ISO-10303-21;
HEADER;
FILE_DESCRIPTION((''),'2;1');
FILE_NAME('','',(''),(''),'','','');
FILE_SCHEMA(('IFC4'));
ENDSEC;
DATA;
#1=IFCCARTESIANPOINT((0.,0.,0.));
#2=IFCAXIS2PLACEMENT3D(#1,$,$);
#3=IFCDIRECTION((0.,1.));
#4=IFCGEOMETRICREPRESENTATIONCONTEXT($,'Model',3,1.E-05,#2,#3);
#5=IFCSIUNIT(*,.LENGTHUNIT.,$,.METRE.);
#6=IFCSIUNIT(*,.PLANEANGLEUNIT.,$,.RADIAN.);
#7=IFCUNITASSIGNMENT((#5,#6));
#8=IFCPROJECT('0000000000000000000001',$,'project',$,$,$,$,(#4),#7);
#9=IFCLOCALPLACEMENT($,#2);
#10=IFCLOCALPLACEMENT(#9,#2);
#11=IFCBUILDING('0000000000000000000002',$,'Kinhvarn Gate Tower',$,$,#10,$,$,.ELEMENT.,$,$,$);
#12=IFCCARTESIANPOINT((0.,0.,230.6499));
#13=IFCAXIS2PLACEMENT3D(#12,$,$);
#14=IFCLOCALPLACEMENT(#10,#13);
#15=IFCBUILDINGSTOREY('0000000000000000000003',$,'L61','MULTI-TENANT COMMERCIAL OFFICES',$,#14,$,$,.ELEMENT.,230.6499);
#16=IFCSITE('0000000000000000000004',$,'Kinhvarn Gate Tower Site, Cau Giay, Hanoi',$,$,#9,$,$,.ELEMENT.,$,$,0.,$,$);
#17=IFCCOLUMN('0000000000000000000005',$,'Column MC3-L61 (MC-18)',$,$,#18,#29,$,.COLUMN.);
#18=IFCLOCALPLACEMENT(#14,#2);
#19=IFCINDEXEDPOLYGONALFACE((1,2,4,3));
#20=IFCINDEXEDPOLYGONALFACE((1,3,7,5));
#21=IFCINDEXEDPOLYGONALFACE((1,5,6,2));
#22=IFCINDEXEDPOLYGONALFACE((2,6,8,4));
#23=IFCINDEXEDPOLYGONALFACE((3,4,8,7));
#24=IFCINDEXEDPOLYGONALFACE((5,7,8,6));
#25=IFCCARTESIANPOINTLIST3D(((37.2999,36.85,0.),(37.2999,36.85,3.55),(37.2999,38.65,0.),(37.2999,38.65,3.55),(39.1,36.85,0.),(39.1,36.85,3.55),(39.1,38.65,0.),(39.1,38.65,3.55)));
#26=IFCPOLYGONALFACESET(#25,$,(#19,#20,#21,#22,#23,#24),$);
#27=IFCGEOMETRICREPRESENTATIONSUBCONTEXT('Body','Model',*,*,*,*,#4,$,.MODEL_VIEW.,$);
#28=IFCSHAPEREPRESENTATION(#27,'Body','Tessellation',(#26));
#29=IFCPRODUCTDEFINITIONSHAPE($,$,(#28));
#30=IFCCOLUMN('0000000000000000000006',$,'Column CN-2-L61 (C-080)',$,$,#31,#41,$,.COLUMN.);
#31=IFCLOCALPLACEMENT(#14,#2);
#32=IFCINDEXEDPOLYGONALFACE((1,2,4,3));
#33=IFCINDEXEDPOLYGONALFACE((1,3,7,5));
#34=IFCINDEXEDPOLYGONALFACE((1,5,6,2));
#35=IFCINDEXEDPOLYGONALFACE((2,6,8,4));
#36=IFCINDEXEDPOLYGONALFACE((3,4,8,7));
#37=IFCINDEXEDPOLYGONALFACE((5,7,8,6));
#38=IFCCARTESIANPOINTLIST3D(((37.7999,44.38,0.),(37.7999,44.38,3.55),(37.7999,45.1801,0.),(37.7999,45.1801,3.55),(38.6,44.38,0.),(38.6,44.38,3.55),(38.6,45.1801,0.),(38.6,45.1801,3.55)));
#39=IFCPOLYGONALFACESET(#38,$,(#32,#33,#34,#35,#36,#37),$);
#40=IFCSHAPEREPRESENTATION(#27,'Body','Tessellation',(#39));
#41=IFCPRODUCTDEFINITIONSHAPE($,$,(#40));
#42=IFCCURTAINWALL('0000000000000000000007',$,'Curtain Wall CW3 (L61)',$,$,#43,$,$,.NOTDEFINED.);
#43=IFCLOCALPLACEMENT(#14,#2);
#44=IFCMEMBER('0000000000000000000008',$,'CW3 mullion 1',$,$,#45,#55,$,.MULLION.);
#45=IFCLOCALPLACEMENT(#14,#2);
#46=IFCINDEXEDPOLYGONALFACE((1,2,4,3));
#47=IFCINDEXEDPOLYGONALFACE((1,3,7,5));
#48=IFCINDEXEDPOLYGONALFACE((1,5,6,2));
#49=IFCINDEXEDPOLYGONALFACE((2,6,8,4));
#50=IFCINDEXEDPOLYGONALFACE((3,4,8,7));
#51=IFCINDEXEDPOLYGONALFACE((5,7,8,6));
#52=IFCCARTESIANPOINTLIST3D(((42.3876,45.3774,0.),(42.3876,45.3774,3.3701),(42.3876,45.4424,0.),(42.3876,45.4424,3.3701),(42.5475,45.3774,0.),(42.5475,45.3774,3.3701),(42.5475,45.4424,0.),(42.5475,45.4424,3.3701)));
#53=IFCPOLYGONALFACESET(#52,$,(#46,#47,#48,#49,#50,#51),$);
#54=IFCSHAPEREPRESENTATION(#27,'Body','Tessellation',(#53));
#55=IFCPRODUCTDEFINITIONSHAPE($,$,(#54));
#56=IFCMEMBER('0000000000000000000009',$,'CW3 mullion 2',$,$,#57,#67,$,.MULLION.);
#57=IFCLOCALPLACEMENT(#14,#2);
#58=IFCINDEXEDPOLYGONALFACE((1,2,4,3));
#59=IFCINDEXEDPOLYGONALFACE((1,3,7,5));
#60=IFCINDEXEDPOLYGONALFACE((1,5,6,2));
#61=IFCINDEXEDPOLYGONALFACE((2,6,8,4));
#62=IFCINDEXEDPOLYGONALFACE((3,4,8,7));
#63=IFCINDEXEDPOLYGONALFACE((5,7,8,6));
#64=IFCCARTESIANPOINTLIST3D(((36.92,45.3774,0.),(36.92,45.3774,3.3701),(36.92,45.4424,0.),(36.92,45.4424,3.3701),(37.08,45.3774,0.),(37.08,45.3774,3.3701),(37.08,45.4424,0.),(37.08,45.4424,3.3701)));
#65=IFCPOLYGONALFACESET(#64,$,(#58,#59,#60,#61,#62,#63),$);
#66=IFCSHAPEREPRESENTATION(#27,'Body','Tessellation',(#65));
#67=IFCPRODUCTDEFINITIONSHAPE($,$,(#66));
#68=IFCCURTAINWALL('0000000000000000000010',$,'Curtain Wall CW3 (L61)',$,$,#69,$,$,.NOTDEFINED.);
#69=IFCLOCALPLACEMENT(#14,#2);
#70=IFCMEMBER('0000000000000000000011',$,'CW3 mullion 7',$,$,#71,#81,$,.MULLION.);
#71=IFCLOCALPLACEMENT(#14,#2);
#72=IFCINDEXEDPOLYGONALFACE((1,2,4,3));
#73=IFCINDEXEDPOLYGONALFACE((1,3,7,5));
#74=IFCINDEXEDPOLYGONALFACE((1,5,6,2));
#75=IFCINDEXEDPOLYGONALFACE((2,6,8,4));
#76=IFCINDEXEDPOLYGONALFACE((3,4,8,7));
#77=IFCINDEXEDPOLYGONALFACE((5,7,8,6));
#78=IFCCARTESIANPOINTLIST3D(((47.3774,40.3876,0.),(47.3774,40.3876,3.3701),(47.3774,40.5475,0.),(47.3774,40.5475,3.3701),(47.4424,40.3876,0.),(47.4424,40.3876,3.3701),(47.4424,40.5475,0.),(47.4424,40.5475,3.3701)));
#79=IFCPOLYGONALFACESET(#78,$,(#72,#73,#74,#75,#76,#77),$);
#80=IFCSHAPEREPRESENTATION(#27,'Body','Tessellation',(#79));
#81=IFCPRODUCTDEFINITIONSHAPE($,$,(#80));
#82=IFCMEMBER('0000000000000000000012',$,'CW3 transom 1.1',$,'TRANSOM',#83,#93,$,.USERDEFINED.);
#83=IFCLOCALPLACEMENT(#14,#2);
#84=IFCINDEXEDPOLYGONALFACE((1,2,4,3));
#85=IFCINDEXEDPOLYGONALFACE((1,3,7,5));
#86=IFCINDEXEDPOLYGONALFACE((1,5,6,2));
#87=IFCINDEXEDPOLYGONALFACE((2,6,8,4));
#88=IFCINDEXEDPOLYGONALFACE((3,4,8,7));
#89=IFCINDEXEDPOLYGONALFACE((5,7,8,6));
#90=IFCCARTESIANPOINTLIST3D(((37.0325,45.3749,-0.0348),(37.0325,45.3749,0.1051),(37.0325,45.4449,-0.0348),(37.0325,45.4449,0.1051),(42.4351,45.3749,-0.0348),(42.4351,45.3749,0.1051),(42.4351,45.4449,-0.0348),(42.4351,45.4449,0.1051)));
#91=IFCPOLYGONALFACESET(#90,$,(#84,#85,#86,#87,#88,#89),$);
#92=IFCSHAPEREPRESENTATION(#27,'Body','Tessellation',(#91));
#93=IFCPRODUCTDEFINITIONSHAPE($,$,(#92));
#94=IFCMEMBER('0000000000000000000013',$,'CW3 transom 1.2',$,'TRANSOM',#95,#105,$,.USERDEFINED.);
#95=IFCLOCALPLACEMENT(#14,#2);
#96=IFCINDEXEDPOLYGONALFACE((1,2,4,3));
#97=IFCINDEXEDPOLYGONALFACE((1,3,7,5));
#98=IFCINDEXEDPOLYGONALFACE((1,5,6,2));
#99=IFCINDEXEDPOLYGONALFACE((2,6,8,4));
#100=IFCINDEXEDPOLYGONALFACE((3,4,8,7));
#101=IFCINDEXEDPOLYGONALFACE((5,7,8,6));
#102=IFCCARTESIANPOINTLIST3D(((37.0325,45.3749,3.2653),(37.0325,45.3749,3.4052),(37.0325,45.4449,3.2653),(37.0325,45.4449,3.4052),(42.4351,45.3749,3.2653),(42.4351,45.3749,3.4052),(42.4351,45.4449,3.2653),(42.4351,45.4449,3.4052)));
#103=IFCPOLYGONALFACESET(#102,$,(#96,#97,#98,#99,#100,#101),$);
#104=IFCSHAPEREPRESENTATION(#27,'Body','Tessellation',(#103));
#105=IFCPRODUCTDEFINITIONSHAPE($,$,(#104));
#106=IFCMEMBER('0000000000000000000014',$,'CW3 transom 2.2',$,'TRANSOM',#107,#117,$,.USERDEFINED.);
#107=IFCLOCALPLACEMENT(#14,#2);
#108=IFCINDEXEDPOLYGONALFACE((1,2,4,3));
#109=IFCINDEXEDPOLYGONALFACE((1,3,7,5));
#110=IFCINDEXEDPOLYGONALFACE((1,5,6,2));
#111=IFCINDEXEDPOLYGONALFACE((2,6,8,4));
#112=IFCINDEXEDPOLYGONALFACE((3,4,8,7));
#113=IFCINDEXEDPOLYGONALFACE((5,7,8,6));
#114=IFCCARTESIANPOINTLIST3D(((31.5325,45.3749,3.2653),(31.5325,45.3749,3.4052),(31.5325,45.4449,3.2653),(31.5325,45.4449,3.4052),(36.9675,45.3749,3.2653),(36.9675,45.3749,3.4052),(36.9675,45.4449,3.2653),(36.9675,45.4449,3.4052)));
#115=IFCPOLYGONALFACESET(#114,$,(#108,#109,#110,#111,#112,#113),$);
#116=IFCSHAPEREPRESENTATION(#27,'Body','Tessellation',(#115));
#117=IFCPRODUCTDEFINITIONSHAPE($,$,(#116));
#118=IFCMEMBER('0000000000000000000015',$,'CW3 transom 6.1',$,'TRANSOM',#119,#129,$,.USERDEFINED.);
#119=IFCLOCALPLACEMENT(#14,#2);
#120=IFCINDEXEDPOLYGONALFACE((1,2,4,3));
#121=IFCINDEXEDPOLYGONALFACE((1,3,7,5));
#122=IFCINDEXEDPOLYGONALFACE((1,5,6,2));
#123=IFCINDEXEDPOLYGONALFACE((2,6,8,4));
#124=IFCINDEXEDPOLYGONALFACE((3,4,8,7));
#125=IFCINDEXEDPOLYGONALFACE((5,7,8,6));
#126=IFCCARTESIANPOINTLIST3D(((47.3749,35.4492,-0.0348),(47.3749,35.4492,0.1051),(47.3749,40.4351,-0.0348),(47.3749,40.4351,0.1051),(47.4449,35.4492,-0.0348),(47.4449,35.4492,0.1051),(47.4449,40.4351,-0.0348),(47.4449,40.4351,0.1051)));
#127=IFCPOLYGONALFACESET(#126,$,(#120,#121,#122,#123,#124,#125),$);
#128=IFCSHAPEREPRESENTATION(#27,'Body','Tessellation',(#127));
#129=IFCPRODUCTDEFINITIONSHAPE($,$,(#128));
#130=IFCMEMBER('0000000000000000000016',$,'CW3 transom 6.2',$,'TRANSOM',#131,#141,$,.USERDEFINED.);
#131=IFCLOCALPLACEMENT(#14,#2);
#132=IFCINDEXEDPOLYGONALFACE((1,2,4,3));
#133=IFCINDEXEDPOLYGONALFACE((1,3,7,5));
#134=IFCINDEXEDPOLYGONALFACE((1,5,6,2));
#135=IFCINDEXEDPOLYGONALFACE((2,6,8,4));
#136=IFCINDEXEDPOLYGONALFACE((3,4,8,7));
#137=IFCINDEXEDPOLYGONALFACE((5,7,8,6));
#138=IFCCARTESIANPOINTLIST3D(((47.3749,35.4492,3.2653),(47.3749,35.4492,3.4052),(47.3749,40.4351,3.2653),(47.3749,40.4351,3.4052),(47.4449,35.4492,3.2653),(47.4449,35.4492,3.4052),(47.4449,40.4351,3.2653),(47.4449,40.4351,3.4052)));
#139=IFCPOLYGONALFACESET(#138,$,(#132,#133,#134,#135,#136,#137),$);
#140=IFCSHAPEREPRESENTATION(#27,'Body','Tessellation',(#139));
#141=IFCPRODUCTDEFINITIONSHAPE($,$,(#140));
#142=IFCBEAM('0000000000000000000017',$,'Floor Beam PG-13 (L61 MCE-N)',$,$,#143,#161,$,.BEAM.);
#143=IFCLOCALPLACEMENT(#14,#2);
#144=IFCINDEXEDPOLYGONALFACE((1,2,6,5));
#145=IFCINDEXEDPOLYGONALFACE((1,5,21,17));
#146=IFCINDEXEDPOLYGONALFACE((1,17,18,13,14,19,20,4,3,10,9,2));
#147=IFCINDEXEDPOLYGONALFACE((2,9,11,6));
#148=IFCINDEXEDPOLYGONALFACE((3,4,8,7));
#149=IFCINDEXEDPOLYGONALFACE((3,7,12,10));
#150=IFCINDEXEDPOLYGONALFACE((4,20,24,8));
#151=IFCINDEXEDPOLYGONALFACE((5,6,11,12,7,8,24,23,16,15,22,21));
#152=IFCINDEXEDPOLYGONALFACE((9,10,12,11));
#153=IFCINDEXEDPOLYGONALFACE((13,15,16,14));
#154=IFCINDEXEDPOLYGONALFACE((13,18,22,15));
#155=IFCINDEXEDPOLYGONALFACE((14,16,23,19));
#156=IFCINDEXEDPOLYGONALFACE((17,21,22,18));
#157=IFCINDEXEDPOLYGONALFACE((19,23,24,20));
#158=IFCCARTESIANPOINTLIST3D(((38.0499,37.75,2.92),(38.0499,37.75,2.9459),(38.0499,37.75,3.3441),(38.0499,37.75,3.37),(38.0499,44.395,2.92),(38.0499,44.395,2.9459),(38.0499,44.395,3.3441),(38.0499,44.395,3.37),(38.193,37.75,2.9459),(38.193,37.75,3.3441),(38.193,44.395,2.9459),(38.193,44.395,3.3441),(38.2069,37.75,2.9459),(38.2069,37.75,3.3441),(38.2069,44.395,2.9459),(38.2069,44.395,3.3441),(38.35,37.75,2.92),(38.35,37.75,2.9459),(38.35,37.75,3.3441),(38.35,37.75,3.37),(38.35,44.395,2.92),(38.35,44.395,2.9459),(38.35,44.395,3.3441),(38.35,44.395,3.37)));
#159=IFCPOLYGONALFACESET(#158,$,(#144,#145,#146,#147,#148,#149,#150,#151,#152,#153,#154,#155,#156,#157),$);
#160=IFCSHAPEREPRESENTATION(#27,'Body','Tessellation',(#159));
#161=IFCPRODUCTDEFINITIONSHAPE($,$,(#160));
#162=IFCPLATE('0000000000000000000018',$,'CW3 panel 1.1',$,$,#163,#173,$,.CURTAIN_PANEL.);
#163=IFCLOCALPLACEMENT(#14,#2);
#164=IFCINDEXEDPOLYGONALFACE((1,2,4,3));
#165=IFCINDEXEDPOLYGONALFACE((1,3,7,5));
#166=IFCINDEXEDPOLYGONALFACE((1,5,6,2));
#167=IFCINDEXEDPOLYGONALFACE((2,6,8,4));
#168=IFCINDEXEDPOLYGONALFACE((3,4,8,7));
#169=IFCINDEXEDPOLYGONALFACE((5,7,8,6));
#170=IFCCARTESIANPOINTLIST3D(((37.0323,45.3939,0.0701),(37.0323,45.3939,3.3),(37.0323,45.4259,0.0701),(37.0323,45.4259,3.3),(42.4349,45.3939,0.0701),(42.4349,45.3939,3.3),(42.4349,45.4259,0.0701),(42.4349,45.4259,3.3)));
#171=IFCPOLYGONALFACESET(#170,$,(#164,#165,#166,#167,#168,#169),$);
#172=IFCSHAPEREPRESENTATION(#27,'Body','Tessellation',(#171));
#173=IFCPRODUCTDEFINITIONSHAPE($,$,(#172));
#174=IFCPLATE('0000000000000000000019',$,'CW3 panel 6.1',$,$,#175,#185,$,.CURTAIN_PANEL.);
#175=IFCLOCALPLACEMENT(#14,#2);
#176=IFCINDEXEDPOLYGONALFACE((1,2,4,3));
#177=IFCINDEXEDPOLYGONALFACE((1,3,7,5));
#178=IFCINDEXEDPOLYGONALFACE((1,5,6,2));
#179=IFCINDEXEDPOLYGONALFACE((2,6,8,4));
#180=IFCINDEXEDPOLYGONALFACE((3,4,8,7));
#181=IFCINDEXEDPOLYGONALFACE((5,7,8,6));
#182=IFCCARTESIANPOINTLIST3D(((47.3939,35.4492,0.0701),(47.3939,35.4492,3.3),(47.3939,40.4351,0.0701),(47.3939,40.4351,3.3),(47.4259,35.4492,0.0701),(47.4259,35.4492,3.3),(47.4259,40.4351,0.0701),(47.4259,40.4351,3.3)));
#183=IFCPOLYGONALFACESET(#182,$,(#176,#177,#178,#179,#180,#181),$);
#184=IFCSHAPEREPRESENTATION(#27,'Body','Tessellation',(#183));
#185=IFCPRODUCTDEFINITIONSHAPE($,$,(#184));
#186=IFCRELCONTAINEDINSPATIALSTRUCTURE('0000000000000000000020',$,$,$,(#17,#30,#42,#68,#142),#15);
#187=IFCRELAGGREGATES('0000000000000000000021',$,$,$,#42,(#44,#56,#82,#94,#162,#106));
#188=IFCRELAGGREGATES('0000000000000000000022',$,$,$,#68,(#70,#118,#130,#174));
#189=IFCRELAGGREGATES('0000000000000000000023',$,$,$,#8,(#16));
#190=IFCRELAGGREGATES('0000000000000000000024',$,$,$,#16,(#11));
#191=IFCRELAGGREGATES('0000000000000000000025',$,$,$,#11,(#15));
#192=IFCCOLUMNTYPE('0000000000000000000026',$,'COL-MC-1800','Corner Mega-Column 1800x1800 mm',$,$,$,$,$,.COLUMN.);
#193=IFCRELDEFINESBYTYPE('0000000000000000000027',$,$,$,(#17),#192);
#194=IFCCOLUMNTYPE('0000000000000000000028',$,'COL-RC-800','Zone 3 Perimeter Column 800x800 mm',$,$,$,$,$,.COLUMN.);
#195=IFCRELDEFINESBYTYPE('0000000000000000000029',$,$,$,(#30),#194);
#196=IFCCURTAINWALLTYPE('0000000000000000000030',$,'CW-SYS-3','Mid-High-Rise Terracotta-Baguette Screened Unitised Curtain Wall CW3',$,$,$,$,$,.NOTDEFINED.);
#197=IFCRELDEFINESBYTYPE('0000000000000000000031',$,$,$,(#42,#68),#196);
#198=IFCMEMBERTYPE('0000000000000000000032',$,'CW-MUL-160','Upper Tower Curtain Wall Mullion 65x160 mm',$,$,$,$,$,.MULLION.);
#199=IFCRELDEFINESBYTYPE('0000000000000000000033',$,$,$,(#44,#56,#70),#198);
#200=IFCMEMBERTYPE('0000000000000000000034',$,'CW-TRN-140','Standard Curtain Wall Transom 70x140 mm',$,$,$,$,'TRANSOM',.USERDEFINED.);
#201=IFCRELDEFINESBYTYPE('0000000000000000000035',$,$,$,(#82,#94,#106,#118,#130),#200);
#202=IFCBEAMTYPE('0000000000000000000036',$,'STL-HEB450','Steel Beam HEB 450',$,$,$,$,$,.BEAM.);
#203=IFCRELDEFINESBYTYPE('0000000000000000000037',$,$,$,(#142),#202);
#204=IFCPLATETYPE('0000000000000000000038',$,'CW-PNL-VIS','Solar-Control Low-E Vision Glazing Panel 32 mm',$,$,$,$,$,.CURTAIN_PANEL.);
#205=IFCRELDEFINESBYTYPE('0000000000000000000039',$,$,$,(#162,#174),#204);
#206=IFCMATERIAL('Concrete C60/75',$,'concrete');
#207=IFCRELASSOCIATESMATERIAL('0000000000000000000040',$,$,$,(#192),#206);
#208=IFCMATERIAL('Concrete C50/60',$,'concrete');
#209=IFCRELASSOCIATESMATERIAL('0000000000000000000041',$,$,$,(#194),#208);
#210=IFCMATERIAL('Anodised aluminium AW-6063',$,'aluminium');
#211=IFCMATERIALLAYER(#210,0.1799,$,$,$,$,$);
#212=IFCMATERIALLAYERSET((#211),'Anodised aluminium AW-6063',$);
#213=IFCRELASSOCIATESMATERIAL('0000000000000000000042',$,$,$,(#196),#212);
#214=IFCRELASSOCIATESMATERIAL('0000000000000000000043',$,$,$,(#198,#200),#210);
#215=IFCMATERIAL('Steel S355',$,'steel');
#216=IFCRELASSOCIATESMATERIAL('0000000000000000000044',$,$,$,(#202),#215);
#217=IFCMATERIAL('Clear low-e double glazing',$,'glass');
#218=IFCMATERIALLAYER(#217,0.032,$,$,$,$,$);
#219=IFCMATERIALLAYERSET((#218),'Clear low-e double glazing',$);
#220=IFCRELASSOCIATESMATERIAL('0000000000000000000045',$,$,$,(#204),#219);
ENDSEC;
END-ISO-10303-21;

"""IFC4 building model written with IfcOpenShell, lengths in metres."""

from ifc_helpers import new_model, si_unit, direction, frame, origin, origin_2d, place, context, subcontext, project, spatial, rectangle, i_section, extrude, material, layer, layer_set, material_profile, profile_set, type_object, element, aggregate, save


model = new_model("IFC4")

# Units and contexts
model_context = context("Model", 3, precision=1e-05, world=origin(), true_north=direction((0.0, 1.0)))
body_context = subcontext(model_context, "Body", "Model", "MODEL_VIEW")
ifc_project = project(units=[si_unit("LENGTHUNIT", "METRE"), si_unit("PLANEANGLEUNIT", "RADIAN")], contexts=[model_context])

# Site, building, storey
site_placement = place(None, origin())
site = spatial("IfcSite", under=ifc_project, at=site_placement, Name="Kinhvarn Gate Tower Site, Cau Giay, Hanoi", CompositionType="ELEMENT", RefElevation=0.0)
building_placement = place(site_placement, origin())
building = spatial("IfcBuilding", under=site, at=building_placement, Name="Kinhvarn Gate Tower", CompositionType="ELEMENT")
storey_placement = place(building_placement, frame((0.0, 0.0, 230.6499)))
storey = spatial("IfcBuildingStorey", under=building, at=storey_placement, Name="L61", Description="MULTI-TENANT COMMERCIAL OFFICES", CompositionType="ELEMENT", Elevation=230.6499)

# Columns
ifc_material_1 = material(Name="Concrete C60/75", Category="concrete")
ifc_material_profile_1 = material_profile(ifc_material_1, rectangle(XDim=1.8, YDim=1.8, at=origin_2d()), Name="RC 1800x1800")
ifc_profile_set_1 = profile_set([ifc_material_profile_1], Name="Concrete C60/75")
column_type_1 = type_object("IfcColumnType", Name="COL-MC-1800", Description="Corner Mega-Column 1800x1800 mm", PredefinedType="COLUMN", material=ifc_profile_set_1)
column_1_placement = place(storey_placement, frame((38.2, 37.75, 0.0), z_axis=(0.0, 0.0, 1.0), x_axis=(1.0, 0.0, 0.0)))
element("IfcColumn", 1, at=column_1_placement, inside=storey, type_object=column_type_1, Name="Column MC3-L61 (MC-18)", PredefinedType="COLUMN", context=body_context, shape_type="SweptSolid", body=[
    extrude(rectangle(XDim=1.8, YDim=1.8, at=origin_2d()), origin(), (0.0, 0.0, 1.0), 3.55),
])
ifc_material_2 = material(Name="Concrete C50/60", Category="concrete")
ifc_material_profile_2 = material_profile(ifc_material_2, rectangle(XDim=0.8, YDim=0.8, at=origin_2d()), Name="RC 800x800")
ifc_profile_set_2 = profile_set([ifc_material_profile_2], Name="Concrete C50/60")
column_type_2 = type_object("IfcColumnType", Name="COL-RC-800", Description="Zone 3 Perimeter Column 800x800 mm", PredefinedType="COLUMN", material=ifc_profile_set_2)
column_2_placement = place(storey_placement, frame((38.2, 44.78, 0.0), z_axis=(0.0, 0.0, 1.0), x_axis=(1.0, 0.0, 0.0)))
element("IfcColumn", 2, at=column_2_placement, inside=storey, type_object=column_type_2, Name="Column CN-2-L61 (C-080)", PredefinedType="COLUMN", context=body_context, shape_type="SweptSolid", body=[
    extrude(rectangle(XDim=0.8, YDim=0.8, at=origin_2d()), origin(), (0.0, 0.0, 1.0), 3.55),
])

# Curtain wall, members
ifc_material_3 = material(Name="Anodised aluminium AW-6063", Category="aluminium")
ifc_layer_1 = layer(ifc_material_3, 0.1799)
ifc_layer_set_1 = layer_set([ifc_layer_1], Name="Anodised aluminium AW-6063")
curtain_wall_type = type_object("IfcCurtainWallType", Name="CW-SYS-3", Description="Mid-High-Rise Terracotta-Baguette Screened Unitised Curtain Wall CW3", PredefinedType="NOTDEFINED", material=ifc_layer_set_1)
curtain_wall_1_placement = place(storey_placement, origin())
curtain_wall_1 = element("IfcCurtainWall", 3, at=curtain_wall_1_placement, inside=storey, type_object=curtain_wall_type, Name="Curtain Wall CW3 (L61)", PredefinedType="NOTDEFINED")
ifc_material_profile_3 = material_profile(ifc_material_3, rectangle(XDim=0.0649, YDim=0.1599, at=origin_2d()), Name="ALU 65x160")
ifc_profile_set_3 = profile_set([ifc_material_profile_3], Name="Anodised aluminium AW-6063")
member_type_1 = type_object("IfcMemberType", Name="CW-MUL-160", Description="Upper Tower Curtain Wall Mullion 65x160 mm", PredefinedType="MULLION", material=ifc_profile_set_3)
member_1_placement = place(storey_placement, frame((42.4675, 45.4099, 0.0), z_axis=(0.0, 0.0, 1.0), x_axis=(0.0, -1.0, 0.0)))
member_1 = element("IfcMember", 4, at=member_1_placement, type_object=member_type_1, Name="CW3 mullion 1", PredefinedType="MULLION", context=body_context, shape_type="SweptSolid", body=[
    extrude(rectangle(XDim=0.0649, YDim=0.1599, at=origin_2d()), origin(), (0.0, 0.0, 1.0), 3.3701),
])
member_2_placement = place(storey_placement, frame((37.0, 45.4099, 0.0), z_axis=(0.0, 0.0, 1.0), x_axis=(0.0, -1.0, 0.0)))
member_2 = element("IfcMember", 5, at=member_2_placement, type_object=member_type_1, Name="CW3 mullion 2", PredefinedType="MULLION", context=body_context, shape_type="SweptSolid", body=[
    extrude(rectangle(XDim=0.0649, YDim=0.1599, at=origin_2d()), origin(), (0.0, 0.0, 1.0), 3.3701),
])

# Curtain wall, member
curtain_wall_2_placement = place(storey_placement, origin())
curtain_wall_2 = element("IfcCurtainWall", 6, at=curtain_wall_2_placement, inside=storey, type_object=curtain_wall_type, Name="Curtain Wall CW3 (L61)", PredefinedType="NOTDEFINED")
member_3_placement = place(storey_placement, frame((47.4099, 40.4675, 0.0), z_axis=(0.0, 0.0, 1.0), x_axis=(-1.0, 0.0, 0.0)))
member_3 = element("IfcMember", 7, at=member_3_placement, type_object=member_type_1, Name="CW3 mullion 7", PredefinedType="MULLION", context=body_context, shape_type="SweptSolid", body=[
    extrude(rectangle(XDim=0.0649, YDim=0.1599, at=origin_2d()), origin(), (0.0, 0.0, 1.0), 3.3701),
])

# Members
ifc_material_profile_4 = material_profile(ifc_material_3, rectangle(XDim=0.0701, YDim=0.1399, at=origin_2d()), Name="ALU 70x140")
ifc_profile_set_4 = profile_set([ifc_material_profile_4], Name="Anodised aluminium AW-6063")
member_type_2 = type_object("IfcMemberType", Name="CW-TRN-140", Description="Standard Curtain Wall Transom 70x140 mm", ElementType="TRANSOM", PredefinedType="USERDEFINED", material=ifc_profile_set_4)
member_4_placement = place(storey_placement, frame((42.4351, 45.4099, 0.0352), z_axis=(-1.0, 0.0, 0.0), x_axis=(0.0, -1.0, 0.0)))
member_4 = element("IfcMember", 8, at=member_4_placement, type_object=member_type_2, Name="CW3 transom 1.1", ObjectType="TRANSOM", PredefinedType="USERDEFINED", context=body_context, shape_type="SweptSolid", body=[
    extrude(rectangle(XDim=0.0701, YDim=0.1399, at=origin_2d()), origin(), (0.0, 0.0, 1.0), 5.4026),
])
member_5_placement = place(storey_placement, frame((42.4351, 45.4099, 3.3352), z_axis=(-1.0, 0.0, 0.0), x_axis=(0.0, -1.0, 0.0)))
member_5 = element("IfcMember", 9, at=member_5_placement, type_object=member_type_2, Name="CW3 transom 1.2", ObjectType="TRANSOM", PredefinedType="USERDEFINED", context=body_context, shape_type="SweptSolid", body=[
    extrude(rectangle(XDim=0.0701, YDim=0.1399, at=origin_2d()), origin(), (0.0, 0.0, 1.0), 5.4026),
])
member_6_placement = place(storey_placement, frame((36.9675, 45.4099, 3.3352), z_axis=(-1.0, 0.0, 0.0), x_axis=(0.0, -1.0, 0.0)))
member_6 = element("IfcMember", 10, at=member_6_placement, type_object=member_type_2, Name="CW3 transom 2.2", ObjectType="TRANSOM", PredefinedType="USERDEFINED", context=body_context, shape_type="SweptSolid", body=[
    extrude(rectangle(XDim=0.0701, YDim=0.1399, at=origin_2d()), origin(), (0.0, 0.0, 1.0), 5.4351),
])
member_7_placement = place(storey_placement, frame((47.4099, 35.4492, 0.0352), z_axis=(0.0, 1.0, 0.0), x_axis=(-1.0, 0.0, 0.0)))
member_7 = element("IfcMember", 11, at=member_7_placement, type_object=member_type_2, Name="CW3 transom 6.1", ObjectType="TRANSOM", PredefinedType="USERDEFINED", context=body_context, shape_type="SweptSolid", body=[
    extrude(rectangle(XDim=0.0701, YDim=0.1399, at=origin_2d()), origin(), (0.0, 0.0, 1.0), 4.9858),
])
member_8_placement = place(storey_placement, frame((47.4099, 35.4492, 3.3352), z_axis=(0.0, 1.0, 0.0), x_axis=(-1.0, 0.0, 0.0)))
member_8 = element("IfcMember", 12, at=member_8_placement, type_object=member_type_2, Name="CW3 transom 6.2", ObjectType="TRANSOM", PredefinedType="USERDEFINED", context=body_context, shape_type="SweptSolid", body=[
    extrude(rectangle(XDim=0.0701, YDim=0.1399, at=origin_2d()), origin(), (0.0, 0.0, 1.0), 4.9858),
])

# Beam
ifc_material_4 = material(Name="Steel S355", Category="steel")
ifc_material_profile_5 = material_profile(ifc_material_4, i_section(OverallWidth=0.3, OverallDepth=0.45, WebThickness=0.0139, FlangeThickness=0.0259, at=origin_2d()), Name="HEB 450")
ifc_profile_set_5 = profile_set([ifc_material_profile_5], Name="Steel S355")
beam_type = type_object("IfcBeamType", Name="STL-HEB450", Description="Steel Beam HEB 450", PredefinedType="BEAM", material=ifc_profile_set_5)
beam_placement = place(storey_placement, frame((38.2, 37.75, 3.145), z_axis=(0.0, 1.0, 0.0), x_axis=(-1.0, 0.0, 0.0)))
element("IfcBeam", 13, at=beam_placement, inside=storey, type_object=beam_type, Name="Floor Beam PG-13 (L61 MCE-N)", PredefinedType="BEAM", context=body_context, shape_type="SweptSolid", body=[
    extrude(i_section(OverallWidth=0.3, OverallDepth=0.45, WebThickness=0.0139, FlangeThickness=0.0259, at=origin_2d()), origin(), (0.0, 0.0, 1.0), 6.645),
])

# Plates
ifc_material_5 = material(Name="Clear low-e double glazing", Category="glass")
ifc_layer_2 = layer(ifc_material_5, 0.032)
ifc_layer_set_2 = layer_set([ifc_layer_2], Name="Clear low-e double glazing")
plate_type = type_object("IfcPlateType", Name="CW-PNL-VIS", Description="Solar-Control Low-E Vision Glazing Panel 32 mm", PredefinedType="CURTAIN_PANEL", material=ifc_layer_set_2)
plate_1_placement = place(storey_placement, frame((39.7336, 45.4099, 0.0701), z_axis=(0.0, 0.0, 1.0), x_axis=(-1.0, 0.0, 0.0)))
plate_1 = element("IfcPlate", 14, at=plate_1_placement, type_object=plate_type, Name="CW3 panel 1.1", PredefinedType="CURTAIN_PANEL", context=body_context, shape_type="SweptSolid", body=[
    extrude(rectangle(XDim=5.4026, YDim=0.032, at=origin_2d()), origin(), (0.0, 0.0, 1.0), 3.23),
])
aggregate(curtain_wall_1, [member_1, member_2, member_4, member_5, plate_1, member_6])
plate_2_placement = place(storey_placement, frame((47.4099, 37.9421, 0.0701), z_axis=(0.0, 0.0, 1.0), x_axis=(0.0, 1.0, 0.0)))
plate_2 = element("IfcPlate", 15, at=plate_2_placement, type_object=plate_type, Name="CW3 panel 6.1", PredefinedType="CURTAIN_PANEL", context=body_context, shape_type="SweptSolid", body=[
    extrude(rectangle(XDim=4.9858, YDim=0.032, at=origin_2d()), origin(), (0.0, 0.0, 1.0), 3.23),
])
aggregate(curtain_wall_2, [member_3, member_7, member_8, plate_2])

save(model, "model.ifc")
